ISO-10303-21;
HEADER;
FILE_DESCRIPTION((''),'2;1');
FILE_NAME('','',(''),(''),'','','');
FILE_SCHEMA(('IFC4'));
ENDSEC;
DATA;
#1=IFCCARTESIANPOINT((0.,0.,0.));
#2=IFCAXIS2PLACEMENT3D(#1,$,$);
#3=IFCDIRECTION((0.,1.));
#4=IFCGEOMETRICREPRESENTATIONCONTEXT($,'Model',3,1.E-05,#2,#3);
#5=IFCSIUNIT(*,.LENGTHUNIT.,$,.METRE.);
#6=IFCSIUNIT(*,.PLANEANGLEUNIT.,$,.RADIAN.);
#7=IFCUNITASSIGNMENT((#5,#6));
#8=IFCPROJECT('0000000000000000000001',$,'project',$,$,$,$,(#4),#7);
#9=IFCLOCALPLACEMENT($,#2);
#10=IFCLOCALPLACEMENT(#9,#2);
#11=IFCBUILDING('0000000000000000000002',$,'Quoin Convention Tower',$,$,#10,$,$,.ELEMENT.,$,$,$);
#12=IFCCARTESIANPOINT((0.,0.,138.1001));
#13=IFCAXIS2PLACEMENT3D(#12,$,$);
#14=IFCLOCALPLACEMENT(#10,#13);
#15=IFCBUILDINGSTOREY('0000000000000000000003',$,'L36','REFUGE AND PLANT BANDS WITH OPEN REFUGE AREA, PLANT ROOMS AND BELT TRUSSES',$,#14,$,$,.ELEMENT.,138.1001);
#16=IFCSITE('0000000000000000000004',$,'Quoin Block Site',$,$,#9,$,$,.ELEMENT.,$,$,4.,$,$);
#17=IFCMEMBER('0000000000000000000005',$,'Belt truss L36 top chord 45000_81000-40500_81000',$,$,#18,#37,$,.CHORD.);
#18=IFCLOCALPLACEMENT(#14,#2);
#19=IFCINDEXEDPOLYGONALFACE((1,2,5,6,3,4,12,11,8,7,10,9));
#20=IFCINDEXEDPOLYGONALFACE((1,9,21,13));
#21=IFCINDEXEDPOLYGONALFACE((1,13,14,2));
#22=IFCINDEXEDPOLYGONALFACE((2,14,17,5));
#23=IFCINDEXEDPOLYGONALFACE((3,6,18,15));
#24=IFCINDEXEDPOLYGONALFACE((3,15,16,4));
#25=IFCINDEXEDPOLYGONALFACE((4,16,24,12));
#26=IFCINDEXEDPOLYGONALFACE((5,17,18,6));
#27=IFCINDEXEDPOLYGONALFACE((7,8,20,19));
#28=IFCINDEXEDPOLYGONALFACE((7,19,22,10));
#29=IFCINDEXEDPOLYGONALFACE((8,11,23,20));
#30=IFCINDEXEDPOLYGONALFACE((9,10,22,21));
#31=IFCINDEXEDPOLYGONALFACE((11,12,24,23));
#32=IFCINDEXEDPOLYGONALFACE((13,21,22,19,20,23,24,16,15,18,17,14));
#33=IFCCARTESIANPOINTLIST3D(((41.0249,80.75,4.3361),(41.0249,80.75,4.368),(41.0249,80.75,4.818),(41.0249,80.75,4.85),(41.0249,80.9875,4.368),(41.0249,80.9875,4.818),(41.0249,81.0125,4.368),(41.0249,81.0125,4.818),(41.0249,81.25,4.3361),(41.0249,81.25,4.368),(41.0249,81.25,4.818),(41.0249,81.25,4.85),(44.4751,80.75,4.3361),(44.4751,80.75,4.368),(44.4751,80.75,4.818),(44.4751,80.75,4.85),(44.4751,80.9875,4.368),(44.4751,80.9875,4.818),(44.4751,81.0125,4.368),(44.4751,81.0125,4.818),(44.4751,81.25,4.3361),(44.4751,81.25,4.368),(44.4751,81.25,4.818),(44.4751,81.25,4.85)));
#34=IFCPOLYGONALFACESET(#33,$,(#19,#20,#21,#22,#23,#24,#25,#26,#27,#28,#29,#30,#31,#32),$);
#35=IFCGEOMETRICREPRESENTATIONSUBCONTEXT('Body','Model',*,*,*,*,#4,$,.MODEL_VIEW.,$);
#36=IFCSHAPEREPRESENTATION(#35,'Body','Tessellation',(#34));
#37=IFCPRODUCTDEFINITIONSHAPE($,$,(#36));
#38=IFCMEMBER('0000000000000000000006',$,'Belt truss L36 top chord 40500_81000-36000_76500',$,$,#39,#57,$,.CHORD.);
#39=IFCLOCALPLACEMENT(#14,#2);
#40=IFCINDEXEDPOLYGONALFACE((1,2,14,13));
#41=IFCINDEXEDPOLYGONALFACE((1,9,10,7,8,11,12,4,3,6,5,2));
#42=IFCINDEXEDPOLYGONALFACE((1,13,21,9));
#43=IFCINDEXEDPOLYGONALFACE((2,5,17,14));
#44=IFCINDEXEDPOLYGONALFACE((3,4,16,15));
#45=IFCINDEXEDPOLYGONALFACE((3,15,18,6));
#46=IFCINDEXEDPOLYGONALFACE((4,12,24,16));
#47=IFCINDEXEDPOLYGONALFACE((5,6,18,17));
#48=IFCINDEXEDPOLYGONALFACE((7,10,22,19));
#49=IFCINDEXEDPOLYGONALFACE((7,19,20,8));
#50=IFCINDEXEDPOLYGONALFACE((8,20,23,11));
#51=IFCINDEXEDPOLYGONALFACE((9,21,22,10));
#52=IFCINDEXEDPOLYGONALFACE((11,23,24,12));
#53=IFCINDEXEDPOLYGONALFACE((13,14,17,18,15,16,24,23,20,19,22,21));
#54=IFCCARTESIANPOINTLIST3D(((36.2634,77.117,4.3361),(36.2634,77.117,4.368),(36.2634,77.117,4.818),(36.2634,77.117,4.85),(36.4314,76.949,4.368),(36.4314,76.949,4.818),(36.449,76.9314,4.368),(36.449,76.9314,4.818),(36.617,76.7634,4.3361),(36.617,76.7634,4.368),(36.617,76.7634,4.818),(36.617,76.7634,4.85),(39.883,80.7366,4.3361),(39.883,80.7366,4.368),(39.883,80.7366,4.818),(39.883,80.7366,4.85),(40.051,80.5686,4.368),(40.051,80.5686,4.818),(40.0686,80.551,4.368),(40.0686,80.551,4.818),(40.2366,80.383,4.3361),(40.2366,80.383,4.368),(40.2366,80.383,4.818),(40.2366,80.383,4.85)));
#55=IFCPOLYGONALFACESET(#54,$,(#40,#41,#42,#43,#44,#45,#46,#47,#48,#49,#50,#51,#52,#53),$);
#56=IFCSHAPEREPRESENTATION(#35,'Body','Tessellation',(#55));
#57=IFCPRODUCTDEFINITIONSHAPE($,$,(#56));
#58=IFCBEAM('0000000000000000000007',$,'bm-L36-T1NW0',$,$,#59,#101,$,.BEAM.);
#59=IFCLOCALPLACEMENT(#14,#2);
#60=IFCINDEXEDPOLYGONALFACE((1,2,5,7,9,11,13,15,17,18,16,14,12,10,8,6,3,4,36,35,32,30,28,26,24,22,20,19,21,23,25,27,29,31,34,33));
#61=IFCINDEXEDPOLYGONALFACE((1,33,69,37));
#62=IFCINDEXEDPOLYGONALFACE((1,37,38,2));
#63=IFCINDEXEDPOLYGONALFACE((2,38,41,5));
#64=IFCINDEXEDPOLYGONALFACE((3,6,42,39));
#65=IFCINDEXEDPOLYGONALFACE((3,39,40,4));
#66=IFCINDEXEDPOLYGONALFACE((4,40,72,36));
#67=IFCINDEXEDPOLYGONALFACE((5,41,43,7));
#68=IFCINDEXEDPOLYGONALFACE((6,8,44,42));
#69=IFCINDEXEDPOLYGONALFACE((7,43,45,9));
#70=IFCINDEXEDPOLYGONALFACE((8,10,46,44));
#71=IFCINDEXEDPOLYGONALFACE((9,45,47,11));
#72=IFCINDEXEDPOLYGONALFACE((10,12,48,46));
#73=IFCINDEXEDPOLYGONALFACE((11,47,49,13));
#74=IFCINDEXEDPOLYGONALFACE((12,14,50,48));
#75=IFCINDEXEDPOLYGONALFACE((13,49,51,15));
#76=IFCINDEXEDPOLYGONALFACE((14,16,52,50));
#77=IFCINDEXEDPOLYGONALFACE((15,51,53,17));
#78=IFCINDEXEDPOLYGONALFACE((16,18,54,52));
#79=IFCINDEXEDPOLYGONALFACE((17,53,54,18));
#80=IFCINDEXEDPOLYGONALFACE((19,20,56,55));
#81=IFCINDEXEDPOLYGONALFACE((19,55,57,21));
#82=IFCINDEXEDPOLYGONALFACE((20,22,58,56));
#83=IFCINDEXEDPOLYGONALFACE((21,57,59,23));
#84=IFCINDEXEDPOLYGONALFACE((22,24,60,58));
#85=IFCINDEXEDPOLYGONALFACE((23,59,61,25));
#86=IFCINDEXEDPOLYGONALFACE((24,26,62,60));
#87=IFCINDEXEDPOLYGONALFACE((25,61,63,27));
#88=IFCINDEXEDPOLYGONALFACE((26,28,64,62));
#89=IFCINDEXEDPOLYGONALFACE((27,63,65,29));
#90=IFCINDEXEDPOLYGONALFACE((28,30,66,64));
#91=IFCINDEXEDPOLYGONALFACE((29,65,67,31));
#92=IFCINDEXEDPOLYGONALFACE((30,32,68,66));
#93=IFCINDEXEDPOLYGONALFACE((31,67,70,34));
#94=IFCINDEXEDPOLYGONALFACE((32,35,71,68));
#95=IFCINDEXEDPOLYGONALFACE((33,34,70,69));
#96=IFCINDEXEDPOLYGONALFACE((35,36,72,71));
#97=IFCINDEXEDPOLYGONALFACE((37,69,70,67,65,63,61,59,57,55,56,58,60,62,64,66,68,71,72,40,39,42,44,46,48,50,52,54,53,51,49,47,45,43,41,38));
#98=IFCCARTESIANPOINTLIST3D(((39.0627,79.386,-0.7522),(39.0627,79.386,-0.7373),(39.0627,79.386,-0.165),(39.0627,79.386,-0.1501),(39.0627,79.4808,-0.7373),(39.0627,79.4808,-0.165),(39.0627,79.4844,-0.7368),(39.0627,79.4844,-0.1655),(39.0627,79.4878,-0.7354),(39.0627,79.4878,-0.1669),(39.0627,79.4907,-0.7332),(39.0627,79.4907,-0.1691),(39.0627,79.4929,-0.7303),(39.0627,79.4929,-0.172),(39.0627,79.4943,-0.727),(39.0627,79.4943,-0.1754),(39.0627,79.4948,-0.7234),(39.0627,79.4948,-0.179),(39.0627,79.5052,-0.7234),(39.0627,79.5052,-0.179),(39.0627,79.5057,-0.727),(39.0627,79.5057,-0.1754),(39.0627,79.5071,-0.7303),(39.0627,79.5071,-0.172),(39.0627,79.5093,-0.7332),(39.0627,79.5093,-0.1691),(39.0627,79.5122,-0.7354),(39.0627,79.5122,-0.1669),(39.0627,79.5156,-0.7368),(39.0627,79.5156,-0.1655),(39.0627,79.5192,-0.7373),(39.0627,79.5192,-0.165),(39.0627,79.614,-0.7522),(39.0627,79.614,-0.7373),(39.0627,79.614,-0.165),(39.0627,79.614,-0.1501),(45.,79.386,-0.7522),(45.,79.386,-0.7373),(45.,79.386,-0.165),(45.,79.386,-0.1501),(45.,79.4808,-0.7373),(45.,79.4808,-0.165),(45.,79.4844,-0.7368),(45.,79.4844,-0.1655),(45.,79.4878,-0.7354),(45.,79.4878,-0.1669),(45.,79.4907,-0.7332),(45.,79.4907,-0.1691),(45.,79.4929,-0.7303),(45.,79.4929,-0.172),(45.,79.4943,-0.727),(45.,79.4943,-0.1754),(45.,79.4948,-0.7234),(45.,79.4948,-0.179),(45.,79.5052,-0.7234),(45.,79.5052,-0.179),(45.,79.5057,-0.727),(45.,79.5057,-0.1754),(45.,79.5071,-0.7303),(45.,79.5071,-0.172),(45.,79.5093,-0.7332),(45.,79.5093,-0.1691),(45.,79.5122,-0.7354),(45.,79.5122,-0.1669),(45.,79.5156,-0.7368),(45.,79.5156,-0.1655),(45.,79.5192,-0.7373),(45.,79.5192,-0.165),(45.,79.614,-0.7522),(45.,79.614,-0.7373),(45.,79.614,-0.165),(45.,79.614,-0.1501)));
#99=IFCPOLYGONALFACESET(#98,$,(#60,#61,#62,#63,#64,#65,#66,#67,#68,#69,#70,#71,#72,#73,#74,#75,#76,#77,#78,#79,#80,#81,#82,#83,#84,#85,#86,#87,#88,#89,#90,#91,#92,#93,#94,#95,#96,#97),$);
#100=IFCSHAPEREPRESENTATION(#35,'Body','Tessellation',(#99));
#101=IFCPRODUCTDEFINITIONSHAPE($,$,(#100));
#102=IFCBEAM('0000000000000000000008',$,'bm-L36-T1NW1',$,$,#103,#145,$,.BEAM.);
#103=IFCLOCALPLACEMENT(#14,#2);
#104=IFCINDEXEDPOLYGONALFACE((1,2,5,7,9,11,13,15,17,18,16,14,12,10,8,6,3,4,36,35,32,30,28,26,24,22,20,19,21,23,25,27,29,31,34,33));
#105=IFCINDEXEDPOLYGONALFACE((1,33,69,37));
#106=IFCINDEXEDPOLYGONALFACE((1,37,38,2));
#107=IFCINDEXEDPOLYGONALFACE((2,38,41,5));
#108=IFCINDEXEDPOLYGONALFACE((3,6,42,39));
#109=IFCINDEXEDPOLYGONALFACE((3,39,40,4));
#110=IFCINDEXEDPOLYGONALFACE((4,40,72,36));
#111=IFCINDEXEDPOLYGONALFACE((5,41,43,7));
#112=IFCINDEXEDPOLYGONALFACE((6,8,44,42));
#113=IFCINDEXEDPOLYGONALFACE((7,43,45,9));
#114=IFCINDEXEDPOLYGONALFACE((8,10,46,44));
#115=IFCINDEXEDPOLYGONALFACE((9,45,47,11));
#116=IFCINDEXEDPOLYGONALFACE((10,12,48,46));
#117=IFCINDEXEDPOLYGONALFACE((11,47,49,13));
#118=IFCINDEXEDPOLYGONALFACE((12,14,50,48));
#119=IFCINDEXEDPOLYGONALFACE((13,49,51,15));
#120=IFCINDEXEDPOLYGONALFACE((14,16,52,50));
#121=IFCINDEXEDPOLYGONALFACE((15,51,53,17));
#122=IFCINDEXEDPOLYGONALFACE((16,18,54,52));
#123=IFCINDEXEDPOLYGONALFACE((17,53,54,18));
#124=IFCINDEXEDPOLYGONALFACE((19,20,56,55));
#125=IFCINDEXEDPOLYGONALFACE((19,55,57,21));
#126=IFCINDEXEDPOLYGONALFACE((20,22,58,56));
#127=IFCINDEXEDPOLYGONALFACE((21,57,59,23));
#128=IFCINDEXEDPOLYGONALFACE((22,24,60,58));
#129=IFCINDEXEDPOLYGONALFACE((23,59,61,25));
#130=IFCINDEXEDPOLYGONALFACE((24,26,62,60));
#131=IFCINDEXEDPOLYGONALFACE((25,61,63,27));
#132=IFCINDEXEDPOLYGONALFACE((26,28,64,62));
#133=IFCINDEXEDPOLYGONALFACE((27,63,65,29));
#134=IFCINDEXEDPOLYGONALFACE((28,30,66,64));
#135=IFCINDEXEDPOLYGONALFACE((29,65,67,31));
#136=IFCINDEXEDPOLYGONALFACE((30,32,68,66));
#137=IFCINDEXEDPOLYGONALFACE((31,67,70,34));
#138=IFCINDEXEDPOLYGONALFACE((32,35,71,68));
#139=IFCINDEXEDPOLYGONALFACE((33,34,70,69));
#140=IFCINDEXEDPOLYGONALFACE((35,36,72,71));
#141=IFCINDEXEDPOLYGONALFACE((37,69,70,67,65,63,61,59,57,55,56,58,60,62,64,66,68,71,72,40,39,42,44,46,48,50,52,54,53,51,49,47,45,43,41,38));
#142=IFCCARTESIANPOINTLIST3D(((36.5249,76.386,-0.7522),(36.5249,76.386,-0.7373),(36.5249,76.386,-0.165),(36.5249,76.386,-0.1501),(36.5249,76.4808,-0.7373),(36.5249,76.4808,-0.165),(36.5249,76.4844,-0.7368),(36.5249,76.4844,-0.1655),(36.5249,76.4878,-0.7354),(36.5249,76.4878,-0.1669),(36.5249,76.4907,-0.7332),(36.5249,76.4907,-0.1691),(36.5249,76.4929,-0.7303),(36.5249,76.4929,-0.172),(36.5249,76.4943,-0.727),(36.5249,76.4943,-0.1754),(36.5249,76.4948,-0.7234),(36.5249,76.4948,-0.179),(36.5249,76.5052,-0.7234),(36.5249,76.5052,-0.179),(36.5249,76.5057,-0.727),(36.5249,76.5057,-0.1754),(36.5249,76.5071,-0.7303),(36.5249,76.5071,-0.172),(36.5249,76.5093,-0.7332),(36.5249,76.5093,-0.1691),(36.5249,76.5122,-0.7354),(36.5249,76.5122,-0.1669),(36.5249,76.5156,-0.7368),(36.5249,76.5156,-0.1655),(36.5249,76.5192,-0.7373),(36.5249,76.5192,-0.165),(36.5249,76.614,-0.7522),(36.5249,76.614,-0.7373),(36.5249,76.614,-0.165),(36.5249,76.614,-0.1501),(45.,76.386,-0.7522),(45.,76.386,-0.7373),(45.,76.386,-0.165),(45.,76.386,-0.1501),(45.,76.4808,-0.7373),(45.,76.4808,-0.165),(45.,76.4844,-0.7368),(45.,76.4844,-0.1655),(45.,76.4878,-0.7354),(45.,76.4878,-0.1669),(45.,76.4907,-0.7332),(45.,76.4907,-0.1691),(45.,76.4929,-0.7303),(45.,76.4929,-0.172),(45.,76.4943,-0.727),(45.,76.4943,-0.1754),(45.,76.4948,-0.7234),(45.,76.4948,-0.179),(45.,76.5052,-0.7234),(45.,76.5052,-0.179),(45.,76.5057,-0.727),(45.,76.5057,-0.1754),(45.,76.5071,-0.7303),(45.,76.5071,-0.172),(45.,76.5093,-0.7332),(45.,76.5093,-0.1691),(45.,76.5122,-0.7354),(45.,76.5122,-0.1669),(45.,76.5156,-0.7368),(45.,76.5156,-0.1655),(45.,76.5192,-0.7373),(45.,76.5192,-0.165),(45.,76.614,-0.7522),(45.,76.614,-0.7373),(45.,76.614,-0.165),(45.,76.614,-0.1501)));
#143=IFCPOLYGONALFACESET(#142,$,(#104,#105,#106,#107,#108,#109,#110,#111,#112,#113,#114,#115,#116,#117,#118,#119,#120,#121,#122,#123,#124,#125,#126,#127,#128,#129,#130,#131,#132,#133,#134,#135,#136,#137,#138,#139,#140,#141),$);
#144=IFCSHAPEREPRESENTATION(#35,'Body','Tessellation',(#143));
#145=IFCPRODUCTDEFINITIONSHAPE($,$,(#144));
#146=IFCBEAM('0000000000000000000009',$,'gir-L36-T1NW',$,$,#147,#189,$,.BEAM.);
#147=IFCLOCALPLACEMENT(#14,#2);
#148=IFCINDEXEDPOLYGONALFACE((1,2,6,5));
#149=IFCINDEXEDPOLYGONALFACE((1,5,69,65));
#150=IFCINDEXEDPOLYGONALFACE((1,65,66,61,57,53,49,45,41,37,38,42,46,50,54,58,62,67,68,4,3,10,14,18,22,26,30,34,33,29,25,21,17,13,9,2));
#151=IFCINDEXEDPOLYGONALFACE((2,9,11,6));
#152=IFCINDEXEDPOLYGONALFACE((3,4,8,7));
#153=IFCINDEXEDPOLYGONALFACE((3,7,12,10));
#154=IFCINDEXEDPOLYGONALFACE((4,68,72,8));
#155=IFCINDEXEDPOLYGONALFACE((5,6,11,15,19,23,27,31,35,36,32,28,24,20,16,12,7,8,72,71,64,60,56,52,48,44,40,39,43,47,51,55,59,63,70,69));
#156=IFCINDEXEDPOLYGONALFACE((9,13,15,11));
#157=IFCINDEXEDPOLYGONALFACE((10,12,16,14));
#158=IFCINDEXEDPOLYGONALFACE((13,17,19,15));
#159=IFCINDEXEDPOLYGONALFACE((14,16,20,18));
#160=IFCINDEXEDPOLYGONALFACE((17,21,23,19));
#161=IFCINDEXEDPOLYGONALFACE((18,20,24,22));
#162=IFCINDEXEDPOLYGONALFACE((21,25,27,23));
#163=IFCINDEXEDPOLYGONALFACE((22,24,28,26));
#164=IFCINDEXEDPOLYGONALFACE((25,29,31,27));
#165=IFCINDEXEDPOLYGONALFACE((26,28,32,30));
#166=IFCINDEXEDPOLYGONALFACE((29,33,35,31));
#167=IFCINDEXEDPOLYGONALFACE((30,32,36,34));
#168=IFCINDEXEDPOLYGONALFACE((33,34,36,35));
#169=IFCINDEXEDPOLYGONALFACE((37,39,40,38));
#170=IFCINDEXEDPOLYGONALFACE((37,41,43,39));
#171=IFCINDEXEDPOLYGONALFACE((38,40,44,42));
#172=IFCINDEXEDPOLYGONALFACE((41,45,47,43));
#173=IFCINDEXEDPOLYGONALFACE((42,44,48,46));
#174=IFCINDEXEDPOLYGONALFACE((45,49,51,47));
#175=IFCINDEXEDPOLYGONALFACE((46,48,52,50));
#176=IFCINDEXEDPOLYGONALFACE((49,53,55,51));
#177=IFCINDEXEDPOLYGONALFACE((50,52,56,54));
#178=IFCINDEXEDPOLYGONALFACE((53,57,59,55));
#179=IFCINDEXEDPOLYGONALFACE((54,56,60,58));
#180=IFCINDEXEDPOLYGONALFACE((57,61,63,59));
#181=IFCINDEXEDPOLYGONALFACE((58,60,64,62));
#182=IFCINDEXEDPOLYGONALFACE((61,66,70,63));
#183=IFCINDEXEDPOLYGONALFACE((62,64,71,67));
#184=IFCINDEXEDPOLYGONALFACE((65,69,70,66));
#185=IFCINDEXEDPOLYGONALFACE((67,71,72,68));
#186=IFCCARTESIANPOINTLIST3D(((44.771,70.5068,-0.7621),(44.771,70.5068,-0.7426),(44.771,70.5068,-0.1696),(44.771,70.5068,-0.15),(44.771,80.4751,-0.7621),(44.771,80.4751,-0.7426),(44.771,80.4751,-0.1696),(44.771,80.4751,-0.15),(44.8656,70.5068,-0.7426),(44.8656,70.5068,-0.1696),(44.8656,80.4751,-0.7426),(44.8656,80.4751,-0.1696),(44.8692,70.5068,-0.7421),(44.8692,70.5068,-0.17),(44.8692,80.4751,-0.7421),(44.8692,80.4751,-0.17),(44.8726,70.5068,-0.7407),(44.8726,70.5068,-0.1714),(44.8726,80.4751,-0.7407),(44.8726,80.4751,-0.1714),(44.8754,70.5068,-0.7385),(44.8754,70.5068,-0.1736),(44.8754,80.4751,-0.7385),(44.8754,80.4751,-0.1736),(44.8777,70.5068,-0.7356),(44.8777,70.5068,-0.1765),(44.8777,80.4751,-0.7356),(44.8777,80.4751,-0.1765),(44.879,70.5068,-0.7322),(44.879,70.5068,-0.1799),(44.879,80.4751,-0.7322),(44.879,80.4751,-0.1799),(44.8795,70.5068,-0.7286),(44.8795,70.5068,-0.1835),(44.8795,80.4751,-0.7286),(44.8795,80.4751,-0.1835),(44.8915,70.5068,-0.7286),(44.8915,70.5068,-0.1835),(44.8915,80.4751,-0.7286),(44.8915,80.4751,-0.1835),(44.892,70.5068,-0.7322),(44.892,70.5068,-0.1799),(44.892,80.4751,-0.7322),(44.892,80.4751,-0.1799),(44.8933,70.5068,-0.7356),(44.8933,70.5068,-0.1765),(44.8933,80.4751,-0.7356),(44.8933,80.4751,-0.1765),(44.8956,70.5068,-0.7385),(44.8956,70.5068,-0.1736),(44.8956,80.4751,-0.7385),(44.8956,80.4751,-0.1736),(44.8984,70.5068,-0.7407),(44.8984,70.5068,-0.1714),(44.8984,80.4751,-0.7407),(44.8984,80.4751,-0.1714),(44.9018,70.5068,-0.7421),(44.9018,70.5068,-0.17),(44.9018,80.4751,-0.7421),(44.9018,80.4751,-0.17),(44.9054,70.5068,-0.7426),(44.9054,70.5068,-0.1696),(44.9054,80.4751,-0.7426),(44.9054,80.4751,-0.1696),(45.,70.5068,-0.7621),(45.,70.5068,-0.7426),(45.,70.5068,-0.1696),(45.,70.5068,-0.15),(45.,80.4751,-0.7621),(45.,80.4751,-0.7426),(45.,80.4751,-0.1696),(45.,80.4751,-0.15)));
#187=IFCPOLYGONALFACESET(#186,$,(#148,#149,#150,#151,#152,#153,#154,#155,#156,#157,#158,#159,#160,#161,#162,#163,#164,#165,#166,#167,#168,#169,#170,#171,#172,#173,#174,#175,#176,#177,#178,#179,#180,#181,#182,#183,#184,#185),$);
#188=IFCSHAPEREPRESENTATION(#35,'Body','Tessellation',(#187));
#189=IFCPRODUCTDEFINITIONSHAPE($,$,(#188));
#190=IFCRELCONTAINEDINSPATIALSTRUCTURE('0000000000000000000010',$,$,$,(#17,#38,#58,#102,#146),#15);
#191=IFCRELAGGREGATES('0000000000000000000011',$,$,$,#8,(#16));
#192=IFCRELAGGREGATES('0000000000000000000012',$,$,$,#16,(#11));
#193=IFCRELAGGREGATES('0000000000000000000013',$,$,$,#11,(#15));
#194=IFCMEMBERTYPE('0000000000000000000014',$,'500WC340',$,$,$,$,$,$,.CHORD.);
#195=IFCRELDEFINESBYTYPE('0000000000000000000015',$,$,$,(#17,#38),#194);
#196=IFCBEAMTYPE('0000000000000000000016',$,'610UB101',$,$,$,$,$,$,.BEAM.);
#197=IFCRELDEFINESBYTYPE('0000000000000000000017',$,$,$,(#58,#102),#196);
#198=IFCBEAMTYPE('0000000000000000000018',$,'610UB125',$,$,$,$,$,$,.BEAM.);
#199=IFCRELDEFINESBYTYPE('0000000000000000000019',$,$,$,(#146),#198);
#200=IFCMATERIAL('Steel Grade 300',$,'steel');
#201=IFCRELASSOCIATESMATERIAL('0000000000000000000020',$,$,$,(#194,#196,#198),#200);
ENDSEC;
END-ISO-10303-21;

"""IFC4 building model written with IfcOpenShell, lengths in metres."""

from ifc_helpers import new_model, si_unit, direction, frame, origin, origin_2d, place, context, subcontext, project, spatial, i_section, extrude, material, material_profile, profile_set, type_object, element, save


model = new_model("IFC4")

# Units and contexts
model_context = context("Model", 3, precision=1e-05, world=origin(), true_north=direction((0.0, 1.0)))
body_context = subcontext(model_context, "Body", "Model", "MODEL_VIEW")
ifc_project = project(units=[si_unit("LENGTHUNIT", "METRE"), si_unit("PLANEANGLEUNIT", "RADIAN")], contexts=[model_context])

# Site, building, storey
site_placement = place(None, origin())
site = spatial("IfcSite", under=ifc_project, at=site_placement, Name="Quoin Block Site", CompositionType="ELEMENT", RefElevation=4.0)
building_placement = place(site_placement, origin())
building = spatial("IfcBuilding", under=site, at=building_placement, Name="Quoin Convention Tower", CompositionType="ELEMENT")
storey_placement = place(building_placement, frame((0.0, 0.0, 138.1001)))
storey = spatial("IfcBuildingStorey", under=building, at=storey_placement, Name="L36", Description="REFUGE AND PLANT BANDS WITH OPEN REFUGE AREA, PLANT ROOMS AND BELT TRUSSES", CompositionType="ELEMENT", Elevation=138.1001)

# Members
ifc_material_1 = material(Name="Steel Grade 300", Category="steel")
ifc_material_profile_1 = material_profile(ifc_material_1, i_section(OverallWidth=0.5, OverallDepth=0.5139, WebThickness=0.0249, FlangeThickness=0.032, at=origin_2d()), Name="500WC340")
ifc_profile_set_1 = profile_set([ifc_material_profile_1], Name="Steel Grade 300")
member_type_1 = type_object("IfcMemberType", Name="500WC340", PredefinedType="CHORD", material=ifc_profile_set_1)
member_1_placement = place(storey_placement, frame((44.4751, 81.0, 4.593), z_axis=(-1.0, 0.0, 0.0), x_axis=(0.0, -1.0, 0.0)))
element("IfcMember", 1, at=member_1_placement, inside=storey, type_object=member_type_1, Name="Belt truss L36 top chord 45000_81000-40500_81000", PredefinedType="CHORD", context=body_context, shape_type="SweptSolid", body=[
    extrude(i_section(OverallWidth=0.5, OverallDepth=0.5139, WebThickness=0.0249, FlangeThickness=0.032, at=origin_2d()), origin(), (0.0, 0.0, 1.0), 3.4502),
])
member_2_placement = place(storey_placement, frame((40.0598, 80.5598, 4.593), z_axis=(-0.707107, -0.707107, 0.0), x_axis=(0.707107, -0.707107, 0.0)))
element("IfcMember", 2, at=member_2_placement, inside=storey, type_object=member_type_1, Name="Belt truss L36 top chord 40500_81000-36000_76500", PredefinedType="CHORD", context=body_context, shape_type="SweptSolid", body=[
    extrude(i_section(OverallWidth=0.5, OverallDepth=0.5139, WebThickness=0.0249, FlangeThickness=0.032, at=origin_2d()), origin(), (0.0, 0.0, 1.0), 5.1189),
])

# Beams
ifc_material_profile_2 = material_profile(ifc_material_1, i_section(OverallWidth=0.228, OverallDepth=0.6021, WebThickness=0.0105, FlangeThickness=0.0149, FilletRadius=0.0139, at=origin_2d()), Name="610UB101")
ifc_profile_set_2 = profile_set([ifc_material_profile_2], Name="Steel Grade 300")
beam_type_1 = type_object("IfcBeamType", Name="610UB101", PredefinedType="BEAM", material=ifc_profile_set_2)
beam_1_placement = place(storey_placement, frame((39.0627, 79.5, -0.4512), z_axis=(1.0, 0.0, 0.0), x_axis=(0.0, 1.0, 0.0)))
element("IfcBeam", 3, at=beam_1_placement, inside=storey, type_object=beam_type_1, Name="bm-L36-T1NW0", PredefinedType="BEAM", context=body_context, shape_type="SweptSolid", body=[
    extrude(i_section(OverallWidth=0.228, OverallDepth=0.6021, WebThickness=0.0105, FlangeThickness=0.0149, FilletRadius=0.0139, at=origin_2d()), origin(), (0.0, 0.0, 1.0), 5.9373),
])
beam_2_placement = place(storey_placement, frame((36.5249, 76.5, -0.4512), z_axis=(1.0, 0.0, 0.0), x_axis=(0.0, 1.0, 0.0)))
element("IfcBeam", 4, at=beam_2_placement, inside=storey, type_object=beam_type_1, Name="bm-L36-T1NW1", PredefinedType="BEAM", context=body_context, shape_type="SweptSolid", body=[
    extrude(i_section(OverallWidth=0.228, OverallDepth=0.6021, WebThickness=0.0105, FlangeThickness=0.0149, FilletRadius=0.0139, at=origin_2d()), origin(), (0.0, 0.0, 1.0), 8.4751),
])
ifc_material_profile_3 = material_profile(ifc_material_1, i_section(OverallWidth=0.229, OverallDepth=0.6121, WebThickness=0.012, FlangeThickness=0.0195, FilletRadius=0.0139, at=origin_2d()), Name="610UB125")
ifc_profile_set_3 = profile_set([ifc_material_profile_3], Name="Steel Grade 300")
beam_type_2 = type_object("IfcBeamType", Name="610UB125", PredefinedType="BEAM", material=ifc_profile_set_3)
beam_3_placement = place(storey_placement, frame((44.8855, 80.4751, -0.4561), z_axis=(0.0, -1.0, 0.0), x_axis=(1.0, 0.0, 0.0)))
element("IfcBeam", 5, at=beam_3_placement, inside=storey, type_object=beam_type_2, Name="gir-L36-T1NW", PredefinedType="BEAM", context=body_context, shape_type="SweptSolid", body=[
    extrude(i_section(OverallWidth=0.229, OverallDepth=0.6121, WebThickness=0.012, FlangeThickness=0.0195, FilletRadius=0.0139, at=origin_2d()), origin(), (0.0, 0.0, 1.0), 9.9683),
])

save(model, "model.ifc")
